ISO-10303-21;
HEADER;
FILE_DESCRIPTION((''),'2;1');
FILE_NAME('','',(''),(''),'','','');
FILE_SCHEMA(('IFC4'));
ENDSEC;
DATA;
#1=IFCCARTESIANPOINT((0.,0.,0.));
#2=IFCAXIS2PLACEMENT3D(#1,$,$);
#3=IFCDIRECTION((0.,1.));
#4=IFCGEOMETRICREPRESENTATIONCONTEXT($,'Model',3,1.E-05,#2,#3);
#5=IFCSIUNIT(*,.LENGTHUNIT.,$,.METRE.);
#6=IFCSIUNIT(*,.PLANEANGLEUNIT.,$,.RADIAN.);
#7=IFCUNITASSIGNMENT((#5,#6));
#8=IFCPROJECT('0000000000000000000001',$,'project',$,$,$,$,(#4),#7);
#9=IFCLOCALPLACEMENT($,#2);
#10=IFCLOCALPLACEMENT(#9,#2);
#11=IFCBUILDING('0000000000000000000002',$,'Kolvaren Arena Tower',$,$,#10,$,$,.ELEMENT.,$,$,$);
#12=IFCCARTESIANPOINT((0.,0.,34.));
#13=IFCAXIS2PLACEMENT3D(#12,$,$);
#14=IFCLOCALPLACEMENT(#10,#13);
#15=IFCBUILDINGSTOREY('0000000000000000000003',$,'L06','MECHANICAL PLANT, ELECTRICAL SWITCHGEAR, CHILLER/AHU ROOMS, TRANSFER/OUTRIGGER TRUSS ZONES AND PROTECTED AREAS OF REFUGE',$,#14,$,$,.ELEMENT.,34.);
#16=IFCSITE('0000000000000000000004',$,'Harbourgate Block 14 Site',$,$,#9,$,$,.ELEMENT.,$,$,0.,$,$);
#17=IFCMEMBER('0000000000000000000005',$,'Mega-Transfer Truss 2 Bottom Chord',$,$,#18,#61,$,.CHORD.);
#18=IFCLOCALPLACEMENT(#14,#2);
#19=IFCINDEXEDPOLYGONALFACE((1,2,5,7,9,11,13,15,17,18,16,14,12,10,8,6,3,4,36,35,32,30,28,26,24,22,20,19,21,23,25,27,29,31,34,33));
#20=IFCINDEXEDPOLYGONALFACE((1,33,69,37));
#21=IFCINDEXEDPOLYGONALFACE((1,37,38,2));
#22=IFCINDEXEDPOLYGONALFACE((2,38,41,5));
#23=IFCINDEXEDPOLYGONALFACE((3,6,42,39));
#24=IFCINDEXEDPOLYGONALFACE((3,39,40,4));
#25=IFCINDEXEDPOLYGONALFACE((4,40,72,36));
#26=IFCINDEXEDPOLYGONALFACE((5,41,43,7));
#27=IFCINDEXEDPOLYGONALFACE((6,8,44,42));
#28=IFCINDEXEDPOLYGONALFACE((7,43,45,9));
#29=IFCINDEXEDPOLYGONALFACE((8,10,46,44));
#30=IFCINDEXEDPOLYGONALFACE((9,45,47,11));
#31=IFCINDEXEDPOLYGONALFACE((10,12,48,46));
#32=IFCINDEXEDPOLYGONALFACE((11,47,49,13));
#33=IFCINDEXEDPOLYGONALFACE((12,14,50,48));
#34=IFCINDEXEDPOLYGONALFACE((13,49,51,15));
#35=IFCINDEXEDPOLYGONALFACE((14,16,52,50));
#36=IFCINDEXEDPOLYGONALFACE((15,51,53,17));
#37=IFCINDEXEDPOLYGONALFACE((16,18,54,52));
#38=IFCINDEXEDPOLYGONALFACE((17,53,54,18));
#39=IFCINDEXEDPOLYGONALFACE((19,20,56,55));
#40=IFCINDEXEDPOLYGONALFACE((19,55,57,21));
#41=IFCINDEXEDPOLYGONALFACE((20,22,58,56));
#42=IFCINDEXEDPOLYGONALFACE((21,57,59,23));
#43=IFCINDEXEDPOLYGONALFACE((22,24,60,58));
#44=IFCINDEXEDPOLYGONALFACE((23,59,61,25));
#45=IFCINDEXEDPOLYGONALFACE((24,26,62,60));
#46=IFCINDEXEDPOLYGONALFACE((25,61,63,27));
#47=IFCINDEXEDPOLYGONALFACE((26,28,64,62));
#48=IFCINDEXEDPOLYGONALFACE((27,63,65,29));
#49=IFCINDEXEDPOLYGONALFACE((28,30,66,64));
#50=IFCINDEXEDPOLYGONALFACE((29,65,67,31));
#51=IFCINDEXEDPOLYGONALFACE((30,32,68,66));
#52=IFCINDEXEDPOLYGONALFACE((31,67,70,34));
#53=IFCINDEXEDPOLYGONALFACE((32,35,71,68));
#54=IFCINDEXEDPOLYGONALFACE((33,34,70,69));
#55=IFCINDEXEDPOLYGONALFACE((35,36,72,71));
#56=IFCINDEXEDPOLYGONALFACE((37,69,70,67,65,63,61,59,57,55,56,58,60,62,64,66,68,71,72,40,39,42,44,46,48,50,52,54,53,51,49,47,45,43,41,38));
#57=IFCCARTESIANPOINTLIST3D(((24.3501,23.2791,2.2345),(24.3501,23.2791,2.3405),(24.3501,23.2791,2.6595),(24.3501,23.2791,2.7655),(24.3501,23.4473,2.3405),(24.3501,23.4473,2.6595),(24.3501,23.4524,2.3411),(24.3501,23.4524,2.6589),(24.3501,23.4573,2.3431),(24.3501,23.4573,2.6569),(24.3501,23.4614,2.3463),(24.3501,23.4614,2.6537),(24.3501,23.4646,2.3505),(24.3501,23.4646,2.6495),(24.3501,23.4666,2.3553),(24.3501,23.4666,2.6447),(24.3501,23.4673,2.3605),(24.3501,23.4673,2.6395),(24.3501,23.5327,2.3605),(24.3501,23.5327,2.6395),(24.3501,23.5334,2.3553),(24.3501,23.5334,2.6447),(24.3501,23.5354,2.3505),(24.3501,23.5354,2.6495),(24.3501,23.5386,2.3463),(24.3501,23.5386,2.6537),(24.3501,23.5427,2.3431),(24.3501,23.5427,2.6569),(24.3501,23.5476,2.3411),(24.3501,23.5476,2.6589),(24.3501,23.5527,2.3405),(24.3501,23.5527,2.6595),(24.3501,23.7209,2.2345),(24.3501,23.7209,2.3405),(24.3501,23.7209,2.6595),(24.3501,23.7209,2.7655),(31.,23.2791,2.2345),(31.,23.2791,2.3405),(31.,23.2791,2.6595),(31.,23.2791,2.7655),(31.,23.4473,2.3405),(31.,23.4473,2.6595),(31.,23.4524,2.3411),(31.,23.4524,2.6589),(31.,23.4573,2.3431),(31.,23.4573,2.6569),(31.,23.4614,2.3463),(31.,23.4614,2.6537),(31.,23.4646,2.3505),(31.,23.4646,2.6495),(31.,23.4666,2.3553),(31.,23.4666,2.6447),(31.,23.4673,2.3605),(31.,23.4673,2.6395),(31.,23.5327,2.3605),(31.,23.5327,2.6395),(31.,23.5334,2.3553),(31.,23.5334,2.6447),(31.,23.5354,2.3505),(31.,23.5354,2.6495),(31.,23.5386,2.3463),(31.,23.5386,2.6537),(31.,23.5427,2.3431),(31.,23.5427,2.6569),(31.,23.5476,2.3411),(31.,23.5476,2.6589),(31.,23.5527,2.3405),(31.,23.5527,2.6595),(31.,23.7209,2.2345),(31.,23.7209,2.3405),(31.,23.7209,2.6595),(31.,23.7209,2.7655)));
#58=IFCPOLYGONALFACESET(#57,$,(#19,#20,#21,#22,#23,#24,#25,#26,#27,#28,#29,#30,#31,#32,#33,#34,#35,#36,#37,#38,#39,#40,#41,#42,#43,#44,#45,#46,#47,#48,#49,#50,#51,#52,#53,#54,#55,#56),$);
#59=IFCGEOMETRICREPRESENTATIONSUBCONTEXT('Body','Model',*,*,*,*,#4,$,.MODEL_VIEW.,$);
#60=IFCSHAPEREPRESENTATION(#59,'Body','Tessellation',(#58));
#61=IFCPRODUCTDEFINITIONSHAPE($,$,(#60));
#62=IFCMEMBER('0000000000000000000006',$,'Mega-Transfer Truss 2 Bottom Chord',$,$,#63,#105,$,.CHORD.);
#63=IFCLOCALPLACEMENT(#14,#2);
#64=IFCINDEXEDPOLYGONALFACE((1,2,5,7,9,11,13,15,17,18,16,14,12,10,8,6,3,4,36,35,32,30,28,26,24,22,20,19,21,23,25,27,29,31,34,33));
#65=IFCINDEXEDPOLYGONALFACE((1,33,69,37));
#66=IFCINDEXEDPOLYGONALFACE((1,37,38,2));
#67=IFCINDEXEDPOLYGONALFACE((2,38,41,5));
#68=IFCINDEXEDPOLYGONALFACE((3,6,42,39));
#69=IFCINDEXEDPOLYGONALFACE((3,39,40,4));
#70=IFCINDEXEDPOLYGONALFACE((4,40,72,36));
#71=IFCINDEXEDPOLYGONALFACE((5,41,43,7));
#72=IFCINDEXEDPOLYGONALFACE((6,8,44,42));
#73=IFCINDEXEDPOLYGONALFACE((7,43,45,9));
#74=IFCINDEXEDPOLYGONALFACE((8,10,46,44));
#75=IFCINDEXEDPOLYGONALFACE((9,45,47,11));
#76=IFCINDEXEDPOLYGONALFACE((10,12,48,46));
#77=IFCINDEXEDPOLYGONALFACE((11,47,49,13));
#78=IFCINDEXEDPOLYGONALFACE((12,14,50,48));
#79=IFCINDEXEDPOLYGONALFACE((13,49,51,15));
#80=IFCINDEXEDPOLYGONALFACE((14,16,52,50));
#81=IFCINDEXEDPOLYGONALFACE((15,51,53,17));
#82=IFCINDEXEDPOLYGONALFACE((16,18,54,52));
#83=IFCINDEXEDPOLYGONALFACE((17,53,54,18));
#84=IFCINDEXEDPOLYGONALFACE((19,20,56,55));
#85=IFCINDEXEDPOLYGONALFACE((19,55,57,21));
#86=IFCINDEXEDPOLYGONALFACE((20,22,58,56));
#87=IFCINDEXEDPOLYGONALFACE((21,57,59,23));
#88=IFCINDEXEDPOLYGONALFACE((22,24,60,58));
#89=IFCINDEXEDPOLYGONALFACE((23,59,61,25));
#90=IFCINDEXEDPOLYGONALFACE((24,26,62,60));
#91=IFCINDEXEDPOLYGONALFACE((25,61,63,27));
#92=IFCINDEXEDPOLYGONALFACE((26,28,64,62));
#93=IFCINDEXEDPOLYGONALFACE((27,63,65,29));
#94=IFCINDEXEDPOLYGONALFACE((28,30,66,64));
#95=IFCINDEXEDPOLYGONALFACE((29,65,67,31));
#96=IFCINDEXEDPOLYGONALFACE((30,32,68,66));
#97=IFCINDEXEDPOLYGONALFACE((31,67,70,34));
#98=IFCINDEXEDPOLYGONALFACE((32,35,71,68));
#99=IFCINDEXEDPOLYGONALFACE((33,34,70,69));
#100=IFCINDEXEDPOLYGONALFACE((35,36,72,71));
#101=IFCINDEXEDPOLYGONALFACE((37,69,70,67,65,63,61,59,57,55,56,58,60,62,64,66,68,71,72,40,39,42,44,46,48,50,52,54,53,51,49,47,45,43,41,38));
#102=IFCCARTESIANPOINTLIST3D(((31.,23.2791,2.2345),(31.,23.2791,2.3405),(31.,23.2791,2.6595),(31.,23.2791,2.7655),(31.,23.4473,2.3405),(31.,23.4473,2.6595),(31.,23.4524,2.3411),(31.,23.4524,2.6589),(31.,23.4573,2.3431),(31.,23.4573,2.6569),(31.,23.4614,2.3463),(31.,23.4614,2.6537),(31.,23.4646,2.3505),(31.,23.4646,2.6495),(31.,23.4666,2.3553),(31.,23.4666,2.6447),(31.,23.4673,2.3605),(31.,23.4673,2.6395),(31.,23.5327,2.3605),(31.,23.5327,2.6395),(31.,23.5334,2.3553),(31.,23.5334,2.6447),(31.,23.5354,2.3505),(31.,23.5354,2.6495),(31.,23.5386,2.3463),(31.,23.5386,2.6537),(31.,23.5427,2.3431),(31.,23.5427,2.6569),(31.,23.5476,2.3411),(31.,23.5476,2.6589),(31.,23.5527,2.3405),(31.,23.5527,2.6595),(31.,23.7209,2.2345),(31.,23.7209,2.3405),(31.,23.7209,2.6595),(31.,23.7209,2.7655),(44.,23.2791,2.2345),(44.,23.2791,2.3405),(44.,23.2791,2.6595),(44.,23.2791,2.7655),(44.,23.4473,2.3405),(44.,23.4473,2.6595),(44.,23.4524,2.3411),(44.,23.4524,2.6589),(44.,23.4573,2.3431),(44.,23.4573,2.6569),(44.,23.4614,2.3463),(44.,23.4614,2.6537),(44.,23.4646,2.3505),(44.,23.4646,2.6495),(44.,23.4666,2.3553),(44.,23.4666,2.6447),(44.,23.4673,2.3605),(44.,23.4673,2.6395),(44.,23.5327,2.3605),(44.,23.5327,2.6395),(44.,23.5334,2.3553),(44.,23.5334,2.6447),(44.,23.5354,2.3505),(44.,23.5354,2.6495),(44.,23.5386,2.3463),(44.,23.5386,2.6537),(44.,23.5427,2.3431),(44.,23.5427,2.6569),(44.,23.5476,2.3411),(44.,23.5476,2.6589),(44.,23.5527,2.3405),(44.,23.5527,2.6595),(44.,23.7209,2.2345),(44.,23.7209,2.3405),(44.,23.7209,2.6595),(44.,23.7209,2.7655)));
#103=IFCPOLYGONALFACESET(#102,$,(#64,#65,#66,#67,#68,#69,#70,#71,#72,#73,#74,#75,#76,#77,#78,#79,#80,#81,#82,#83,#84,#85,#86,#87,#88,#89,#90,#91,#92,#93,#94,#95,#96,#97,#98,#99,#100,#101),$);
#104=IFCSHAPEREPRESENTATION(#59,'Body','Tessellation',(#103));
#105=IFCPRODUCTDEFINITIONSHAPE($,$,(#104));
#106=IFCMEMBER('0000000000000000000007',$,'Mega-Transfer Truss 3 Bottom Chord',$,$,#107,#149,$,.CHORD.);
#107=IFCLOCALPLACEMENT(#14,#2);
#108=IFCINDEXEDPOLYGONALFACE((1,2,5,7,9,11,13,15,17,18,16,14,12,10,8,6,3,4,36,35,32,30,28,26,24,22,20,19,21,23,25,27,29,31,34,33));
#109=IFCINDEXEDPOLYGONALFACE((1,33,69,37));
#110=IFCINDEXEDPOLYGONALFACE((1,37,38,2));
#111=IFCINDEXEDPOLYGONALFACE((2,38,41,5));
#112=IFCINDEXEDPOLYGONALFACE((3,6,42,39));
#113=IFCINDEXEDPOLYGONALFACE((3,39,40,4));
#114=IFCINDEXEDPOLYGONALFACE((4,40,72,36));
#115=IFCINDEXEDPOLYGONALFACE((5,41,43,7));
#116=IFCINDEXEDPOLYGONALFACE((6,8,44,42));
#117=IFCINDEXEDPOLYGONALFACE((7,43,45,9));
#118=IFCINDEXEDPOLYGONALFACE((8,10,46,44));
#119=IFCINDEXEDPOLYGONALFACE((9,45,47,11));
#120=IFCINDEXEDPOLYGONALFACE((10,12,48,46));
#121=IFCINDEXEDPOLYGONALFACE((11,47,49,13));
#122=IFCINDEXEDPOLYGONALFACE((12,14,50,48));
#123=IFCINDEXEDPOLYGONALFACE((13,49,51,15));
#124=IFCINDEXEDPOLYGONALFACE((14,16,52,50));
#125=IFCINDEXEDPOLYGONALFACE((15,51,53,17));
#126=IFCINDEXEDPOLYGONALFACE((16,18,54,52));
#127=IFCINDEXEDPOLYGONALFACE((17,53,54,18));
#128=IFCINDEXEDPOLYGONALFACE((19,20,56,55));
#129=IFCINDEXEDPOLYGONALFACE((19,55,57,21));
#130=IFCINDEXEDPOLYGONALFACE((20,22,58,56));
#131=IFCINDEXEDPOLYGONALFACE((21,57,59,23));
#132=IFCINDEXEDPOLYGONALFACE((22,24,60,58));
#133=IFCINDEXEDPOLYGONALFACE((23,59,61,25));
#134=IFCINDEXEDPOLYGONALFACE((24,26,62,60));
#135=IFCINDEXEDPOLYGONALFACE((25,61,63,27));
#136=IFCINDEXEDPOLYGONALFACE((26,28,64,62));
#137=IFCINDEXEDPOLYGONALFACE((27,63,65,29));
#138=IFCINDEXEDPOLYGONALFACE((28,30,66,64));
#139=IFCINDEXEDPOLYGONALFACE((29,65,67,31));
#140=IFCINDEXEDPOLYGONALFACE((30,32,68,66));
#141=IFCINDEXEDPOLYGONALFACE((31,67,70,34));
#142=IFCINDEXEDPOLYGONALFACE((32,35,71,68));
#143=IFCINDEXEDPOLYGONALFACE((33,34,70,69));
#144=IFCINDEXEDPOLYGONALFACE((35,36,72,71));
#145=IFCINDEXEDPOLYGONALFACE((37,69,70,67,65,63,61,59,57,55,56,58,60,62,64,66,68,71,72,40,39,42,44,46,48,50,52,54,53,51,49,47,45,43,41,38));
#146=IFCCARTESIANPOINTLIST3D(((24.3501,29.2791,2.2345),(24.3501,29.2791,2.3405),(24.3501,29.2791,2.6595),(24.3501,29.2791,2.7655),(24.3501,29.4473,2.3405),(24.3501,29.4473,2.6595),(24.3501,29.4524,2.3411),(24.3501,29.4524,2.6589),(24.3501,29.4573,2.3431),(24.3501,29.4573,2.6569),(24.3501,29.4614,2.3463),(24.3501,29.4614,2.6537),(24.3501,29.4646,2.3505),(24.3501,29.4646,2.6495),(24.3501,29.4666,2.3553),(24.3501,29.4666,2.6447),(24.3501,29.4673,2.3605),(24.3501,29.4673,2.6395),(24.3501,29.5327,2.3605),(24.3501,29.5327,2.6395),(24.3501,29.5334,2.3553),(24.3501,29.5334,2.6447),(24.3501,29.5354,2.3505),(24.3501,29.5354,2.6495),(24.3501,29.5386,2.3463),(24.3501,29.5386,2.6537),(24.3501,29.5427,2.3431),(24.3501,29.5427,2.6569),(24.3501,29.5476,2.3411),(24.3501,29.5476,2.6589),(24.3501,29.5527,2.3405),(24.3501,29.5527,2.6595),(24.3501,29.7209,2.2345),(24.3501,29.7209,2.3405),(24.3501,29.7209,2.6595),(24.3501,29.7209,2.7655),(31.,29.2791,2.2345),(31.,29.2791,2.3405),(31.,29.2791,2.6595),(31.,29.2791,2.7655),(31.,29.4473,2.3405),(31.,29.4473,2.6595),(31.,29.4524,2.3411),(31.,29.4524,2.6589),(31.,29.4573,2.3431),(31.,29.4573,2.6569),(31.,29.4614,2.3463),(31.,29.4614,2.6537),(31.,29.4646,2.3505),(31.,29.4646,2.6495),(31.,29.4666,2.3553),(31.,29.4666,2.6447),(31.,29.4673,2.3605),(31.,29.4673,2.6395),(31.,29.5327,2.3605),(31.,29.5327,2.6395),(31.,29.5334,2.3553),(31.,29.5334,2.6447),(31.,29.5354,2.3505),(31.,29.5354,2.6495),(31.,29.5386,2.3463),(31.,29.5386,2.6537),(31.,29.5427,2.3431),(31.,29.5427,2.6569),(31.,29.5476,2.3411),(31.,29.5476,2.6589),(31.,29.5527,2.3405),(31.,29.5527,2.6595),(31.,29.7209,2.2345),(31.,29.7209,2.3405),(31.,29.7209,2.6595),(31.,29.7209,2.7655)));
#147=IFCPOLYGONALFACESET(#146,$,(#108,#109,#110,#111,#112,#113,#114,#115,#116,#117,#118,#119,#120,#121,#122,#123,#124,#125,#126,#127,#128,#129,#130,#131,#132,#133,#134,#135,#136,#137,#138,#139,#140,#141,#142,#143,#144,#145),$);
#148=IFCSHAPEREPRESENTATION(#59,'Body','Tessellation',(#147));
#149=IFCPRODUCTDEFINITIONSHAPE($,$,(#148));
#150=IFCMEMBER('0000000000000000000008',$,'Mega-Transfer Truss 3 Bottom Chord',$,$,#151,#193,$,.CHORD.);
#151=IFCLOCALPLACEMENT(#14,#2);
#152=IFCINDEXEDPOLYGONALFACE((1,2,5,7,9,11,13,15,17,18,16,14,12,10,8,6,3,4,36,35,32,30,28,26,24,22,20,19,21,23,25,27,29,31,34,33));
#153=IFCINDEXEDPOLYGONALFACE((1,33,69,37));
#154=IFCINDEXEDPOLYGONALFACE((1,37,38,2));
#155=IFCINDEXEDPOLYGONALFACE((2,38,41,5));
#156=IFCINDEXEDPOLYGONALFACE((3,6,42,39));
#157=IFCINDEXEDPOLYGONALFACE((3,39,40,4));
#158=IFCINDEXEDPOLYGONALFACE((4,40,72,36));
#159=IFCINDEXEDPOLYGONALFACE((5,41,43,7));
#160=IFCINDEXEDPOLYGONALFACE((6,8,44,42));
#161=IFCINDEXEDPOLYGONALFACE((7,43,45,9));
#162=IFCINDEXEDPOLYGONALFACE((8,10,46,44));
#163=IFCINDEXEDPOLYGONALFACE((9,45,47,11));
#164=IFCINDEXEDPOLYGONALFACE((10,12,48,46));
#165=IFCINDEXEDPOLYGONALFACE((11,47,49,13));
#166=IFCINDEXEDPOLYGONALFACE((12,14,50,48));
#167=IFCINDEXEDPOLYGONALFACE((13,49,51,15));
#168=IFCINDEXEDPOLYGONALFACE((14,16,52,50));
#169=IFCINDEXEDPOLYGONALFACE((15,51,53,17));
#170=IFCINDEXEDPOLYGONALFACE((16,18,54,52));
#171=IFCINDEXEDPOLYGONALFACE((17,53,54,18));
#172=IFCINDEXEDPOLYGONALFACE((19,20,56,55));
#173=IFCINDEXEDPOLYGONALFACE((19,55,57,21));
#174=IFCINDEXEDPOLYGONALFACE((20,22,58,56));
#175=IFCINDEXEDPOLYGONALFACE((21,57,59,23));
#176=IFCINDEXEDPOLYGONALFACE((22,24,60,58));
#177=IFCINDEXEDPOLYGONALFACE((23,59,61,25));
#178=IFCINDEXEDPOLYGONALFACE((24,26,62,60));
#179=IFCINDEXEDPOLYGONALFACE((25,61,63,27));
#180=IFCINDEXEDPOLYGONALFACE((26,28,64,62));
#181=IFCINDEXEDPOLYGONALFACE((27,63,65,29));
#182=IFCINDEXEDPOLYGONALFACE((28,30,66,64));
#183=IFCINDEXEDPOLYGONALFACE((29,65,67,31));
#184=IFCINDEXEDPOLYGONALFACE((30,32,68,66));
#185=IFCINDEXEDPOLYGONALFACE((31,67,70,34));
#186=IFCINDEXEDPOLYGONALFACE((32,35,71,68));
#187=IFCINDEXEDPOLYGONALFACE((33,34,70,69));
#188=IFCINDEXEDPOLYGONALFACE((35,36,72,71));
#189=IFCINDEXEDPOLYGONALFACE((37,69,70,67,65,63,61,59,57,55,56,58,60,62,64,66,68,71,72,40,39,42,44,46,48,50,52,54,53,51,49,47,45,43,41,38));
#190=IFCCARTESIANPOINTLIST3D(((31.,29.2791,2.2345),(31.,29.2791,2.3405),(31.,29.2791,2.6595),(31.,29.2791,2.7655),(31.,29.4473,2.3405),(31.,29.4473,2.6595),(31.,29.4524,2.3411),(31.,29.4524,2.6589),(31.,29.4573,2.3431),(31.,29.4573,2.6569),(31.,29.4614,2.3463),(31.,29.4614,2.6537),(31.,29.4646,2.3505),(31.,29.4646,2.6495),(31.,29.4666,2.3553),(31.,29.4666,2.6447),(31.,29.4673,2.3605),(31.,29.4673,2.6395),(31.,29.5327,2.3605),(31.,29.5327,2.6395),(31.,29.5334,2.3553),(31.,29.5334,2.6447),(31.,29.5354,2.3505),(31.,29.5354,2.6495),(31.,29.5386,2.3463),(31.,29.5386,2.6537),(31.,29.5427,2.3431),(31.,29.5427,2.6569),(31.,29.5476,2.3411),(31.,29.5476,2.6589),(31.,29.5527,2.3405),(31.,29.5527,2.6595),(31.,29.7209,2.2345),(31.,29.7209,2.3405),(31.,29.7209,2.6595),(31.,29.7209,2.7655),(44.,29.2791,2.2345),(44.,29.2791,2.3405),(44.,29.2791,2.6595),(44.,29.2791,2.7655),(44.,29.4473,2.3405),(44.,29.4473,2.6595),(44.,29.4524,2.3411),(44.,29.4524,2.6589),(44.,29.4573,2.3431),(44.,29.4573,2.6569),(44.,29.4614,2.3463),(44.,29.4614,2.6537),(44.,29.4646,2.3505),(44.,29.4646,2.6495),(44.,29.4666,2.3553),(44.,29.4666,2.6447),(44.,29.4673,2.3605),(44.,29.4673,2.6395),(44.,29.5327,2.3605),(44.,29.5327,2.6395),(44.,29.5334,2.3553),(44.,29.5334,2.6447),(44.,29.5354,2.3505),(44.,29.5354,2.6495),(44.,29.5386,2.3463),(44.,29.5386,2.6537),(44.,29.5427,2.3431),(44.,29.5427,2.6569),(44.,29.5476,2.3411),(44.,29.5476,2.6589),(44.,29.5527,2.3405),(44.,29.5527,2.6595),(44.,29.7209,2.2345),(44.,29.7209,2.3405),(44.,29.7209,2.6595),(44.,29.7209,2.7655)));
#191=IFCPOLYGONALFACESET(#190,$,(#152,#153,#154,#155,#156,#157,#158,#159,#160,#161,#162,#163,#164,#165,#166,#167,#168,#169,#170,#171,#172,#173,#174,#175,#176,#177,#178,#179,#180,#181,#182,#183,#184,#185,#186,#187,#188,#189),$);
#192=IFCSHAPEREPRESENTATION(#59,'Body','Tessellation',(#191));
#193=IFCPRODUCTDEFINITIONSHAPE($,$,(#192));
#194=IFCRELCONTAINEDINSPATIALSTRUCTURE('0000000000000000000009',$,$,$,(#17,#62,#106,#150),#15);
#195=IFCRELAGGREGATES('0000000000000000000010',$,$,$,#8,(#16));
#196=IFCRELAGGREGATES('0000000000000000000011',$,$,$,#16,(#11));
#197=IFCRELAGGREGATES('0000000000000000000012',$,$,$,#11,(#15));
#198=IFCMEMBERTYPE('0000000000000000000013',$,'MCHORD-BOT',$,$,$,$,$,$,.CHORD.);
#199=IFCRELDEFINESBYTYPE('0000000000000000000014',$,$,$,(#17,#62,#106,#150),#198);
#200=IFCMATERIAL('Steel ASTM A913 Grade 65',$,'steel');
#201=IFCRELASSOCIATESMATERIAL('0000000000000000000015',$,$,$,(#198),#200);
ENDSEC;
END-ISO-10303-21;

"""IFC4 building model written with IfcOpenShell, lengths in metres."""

from ifc_helpers import new_model, si_unit, direction, frame, origin, origin_2d, place, context, subcontext, project, spatial, i_section, extrude, material, material_profile, profile_set, type_object, element, save


model = new_model("IFC4")

# Units and contexts
model_context = context("Model", 3, precision=1e-05, world=origin(), true_north=direction((0.0, 1.0)))
body_context = subcontext(model_context, "Body", "Model", "MODEL_VIEW")
ifc_project = project(units=[si_unit("LENGTHUNIT", "METRE"), si_unit("PLANEANGLEUNIT", "RADIAN")], contexts=[model_context])

# Site, building, storey
site_placement = place(None, origin())
site = spatial("IfcSite", under=ifc_project, at=site_placement, Name="Harbourgate Block 14 Site", CompositionType="ELEMENT", RefElevation=0.0)
building_placement = place(site_placement, origin())
building = spatial("IfcBuilding", under=site, at=building_placement, Name="Kolvaren Arena Tower", CompositionType="ELEMENT")
storey_placement = place(building_placement, frame((0.0, 0.0, 34.0)))
storey = spatial("IfcBuildingStorey", under=building, at=storey_placement, Name="L06", Description="MECHANICAL PLANT, ELECTRICAL SWITCHGEAR, CHILLER/AHU ROOMS, TRANSFER/OUTRIGGER TRUSS ZONES AND PROTECTED AREAS OF REFUGE", CompositionType="ELEMENT", Elevation=34.0)

# Members
ifc_material_1 = material(Name="Steel ASTM A913 Grade 65", Category="steel")
ifc_material_profile_1 = material_profile(ifc_material_1, i_section(OverallWidth=0.4419, OverallDepth=0.531, WebThickness=0.0654, FlangeThickness=0.106, FilletRadius=0.02, at=origin_2d()), Name="W360x900")
ifc_profile_set_1 = profile_set([ifc_material_profile_1], Name="Steel ASTM A913 Grade 65")
member_type_1 = type_object("IfcMemberType", Name="MCHORD-BOT", PredefinedType="CHORD", material=ifc_profile_set_1)
member_1_placement = place(storey_placement, frame((24.3501, 23.5, 2.5), z_axis=(1.0, 0.0, 0.0), x_axis=(0.0, 1.0, 0.0)))
element("IfcMember", 1, at=member_1_placement, inside=storey, type_object=member_type_1, Name="Mega-Transfer Truss 2 Bottom Chord", PredefinedType="CHORD", context=body_context, shape_type="SweptSolid", body=[
    extrude(i_section(OverallWidth=0.4419, OverallDepth=0.531, WebThickness=0.0654, FlangeThickness=0.106, FilletRadius=0.02, at=origin_2d()), origin(), (0.0, 0.0, 1.0), 6.6499),
])
member_2_placement = place(storey_placement, frame((31.0, 23.5, 2.5), z_axis=(1.0, 0.0, 0.0), x_axis=(0.0, 1.0, 0.0)))
element("IfcMember", 2, at=member_2_placement, inside=storey, type_object=member_type_1, Name="Mega-Transfer Truss 2 Bottom Chord", PredefinedType="CHORD", context=body_context, shape_type="SweptSolid", body=[
    extrude(i_section(OverallWidth=0.4419, OverallDepth=0.531, WebThickness=0.0654, FlangeThickness=0.106, FilletRadius=0.02, at=origin_2d()), origin(), (0.0, 0.0, 1.0), 13.0),
])
member_3_placement = place(storey_placement, frame((24.3501, 29.5, 2.5), z_axis=(1.0, 0.0, 0.0), x_axis=(0.0, 1.0, 0.0)))
element("IfcMember", 3, at=member_3_placement, inside=storey, type_object=member_type_1, Name="Mega-Transfer Truss 3 Bottom Chord", PredefinedType="CHORD", context=body_context, shape_type="SweptSolid", body=[
    extrude(i_section(OverallWidth=0.4419, OverallDepth=0.531, WebThickness=0.0654, FlangeThickness=0.106, FilletRadius=0.02, at=origin_2d()), origin(), (0.0, 0.0, 1.0), 6.6499),
])
member_4_placement = place(storey_placement, frame((31.0, 29.5, 2.5), z_axis=(1.0, 0.0, 0.0), x_axis=(0.0, 1.0, 0.0)))
element("IfcMember", 4, at=member_4_placement, inside=storey, type_object=member_type_1, Name="Mega-Transfer Truss 3 Bottom Chord", PredefinedType="CHORD", context=body_context, shape_type="SweptSolid", body=[
    extrude(i_section(OverallWidth=0.4419, OverallDepth=0.531, WebThickness=0.0654, FlangeThickness=0.106, FilletRadius=0.02, at=origin_2d()), origin(), (0.0, 0.0, 1.0), 13.0),
])

save(model, "model.ifc")
